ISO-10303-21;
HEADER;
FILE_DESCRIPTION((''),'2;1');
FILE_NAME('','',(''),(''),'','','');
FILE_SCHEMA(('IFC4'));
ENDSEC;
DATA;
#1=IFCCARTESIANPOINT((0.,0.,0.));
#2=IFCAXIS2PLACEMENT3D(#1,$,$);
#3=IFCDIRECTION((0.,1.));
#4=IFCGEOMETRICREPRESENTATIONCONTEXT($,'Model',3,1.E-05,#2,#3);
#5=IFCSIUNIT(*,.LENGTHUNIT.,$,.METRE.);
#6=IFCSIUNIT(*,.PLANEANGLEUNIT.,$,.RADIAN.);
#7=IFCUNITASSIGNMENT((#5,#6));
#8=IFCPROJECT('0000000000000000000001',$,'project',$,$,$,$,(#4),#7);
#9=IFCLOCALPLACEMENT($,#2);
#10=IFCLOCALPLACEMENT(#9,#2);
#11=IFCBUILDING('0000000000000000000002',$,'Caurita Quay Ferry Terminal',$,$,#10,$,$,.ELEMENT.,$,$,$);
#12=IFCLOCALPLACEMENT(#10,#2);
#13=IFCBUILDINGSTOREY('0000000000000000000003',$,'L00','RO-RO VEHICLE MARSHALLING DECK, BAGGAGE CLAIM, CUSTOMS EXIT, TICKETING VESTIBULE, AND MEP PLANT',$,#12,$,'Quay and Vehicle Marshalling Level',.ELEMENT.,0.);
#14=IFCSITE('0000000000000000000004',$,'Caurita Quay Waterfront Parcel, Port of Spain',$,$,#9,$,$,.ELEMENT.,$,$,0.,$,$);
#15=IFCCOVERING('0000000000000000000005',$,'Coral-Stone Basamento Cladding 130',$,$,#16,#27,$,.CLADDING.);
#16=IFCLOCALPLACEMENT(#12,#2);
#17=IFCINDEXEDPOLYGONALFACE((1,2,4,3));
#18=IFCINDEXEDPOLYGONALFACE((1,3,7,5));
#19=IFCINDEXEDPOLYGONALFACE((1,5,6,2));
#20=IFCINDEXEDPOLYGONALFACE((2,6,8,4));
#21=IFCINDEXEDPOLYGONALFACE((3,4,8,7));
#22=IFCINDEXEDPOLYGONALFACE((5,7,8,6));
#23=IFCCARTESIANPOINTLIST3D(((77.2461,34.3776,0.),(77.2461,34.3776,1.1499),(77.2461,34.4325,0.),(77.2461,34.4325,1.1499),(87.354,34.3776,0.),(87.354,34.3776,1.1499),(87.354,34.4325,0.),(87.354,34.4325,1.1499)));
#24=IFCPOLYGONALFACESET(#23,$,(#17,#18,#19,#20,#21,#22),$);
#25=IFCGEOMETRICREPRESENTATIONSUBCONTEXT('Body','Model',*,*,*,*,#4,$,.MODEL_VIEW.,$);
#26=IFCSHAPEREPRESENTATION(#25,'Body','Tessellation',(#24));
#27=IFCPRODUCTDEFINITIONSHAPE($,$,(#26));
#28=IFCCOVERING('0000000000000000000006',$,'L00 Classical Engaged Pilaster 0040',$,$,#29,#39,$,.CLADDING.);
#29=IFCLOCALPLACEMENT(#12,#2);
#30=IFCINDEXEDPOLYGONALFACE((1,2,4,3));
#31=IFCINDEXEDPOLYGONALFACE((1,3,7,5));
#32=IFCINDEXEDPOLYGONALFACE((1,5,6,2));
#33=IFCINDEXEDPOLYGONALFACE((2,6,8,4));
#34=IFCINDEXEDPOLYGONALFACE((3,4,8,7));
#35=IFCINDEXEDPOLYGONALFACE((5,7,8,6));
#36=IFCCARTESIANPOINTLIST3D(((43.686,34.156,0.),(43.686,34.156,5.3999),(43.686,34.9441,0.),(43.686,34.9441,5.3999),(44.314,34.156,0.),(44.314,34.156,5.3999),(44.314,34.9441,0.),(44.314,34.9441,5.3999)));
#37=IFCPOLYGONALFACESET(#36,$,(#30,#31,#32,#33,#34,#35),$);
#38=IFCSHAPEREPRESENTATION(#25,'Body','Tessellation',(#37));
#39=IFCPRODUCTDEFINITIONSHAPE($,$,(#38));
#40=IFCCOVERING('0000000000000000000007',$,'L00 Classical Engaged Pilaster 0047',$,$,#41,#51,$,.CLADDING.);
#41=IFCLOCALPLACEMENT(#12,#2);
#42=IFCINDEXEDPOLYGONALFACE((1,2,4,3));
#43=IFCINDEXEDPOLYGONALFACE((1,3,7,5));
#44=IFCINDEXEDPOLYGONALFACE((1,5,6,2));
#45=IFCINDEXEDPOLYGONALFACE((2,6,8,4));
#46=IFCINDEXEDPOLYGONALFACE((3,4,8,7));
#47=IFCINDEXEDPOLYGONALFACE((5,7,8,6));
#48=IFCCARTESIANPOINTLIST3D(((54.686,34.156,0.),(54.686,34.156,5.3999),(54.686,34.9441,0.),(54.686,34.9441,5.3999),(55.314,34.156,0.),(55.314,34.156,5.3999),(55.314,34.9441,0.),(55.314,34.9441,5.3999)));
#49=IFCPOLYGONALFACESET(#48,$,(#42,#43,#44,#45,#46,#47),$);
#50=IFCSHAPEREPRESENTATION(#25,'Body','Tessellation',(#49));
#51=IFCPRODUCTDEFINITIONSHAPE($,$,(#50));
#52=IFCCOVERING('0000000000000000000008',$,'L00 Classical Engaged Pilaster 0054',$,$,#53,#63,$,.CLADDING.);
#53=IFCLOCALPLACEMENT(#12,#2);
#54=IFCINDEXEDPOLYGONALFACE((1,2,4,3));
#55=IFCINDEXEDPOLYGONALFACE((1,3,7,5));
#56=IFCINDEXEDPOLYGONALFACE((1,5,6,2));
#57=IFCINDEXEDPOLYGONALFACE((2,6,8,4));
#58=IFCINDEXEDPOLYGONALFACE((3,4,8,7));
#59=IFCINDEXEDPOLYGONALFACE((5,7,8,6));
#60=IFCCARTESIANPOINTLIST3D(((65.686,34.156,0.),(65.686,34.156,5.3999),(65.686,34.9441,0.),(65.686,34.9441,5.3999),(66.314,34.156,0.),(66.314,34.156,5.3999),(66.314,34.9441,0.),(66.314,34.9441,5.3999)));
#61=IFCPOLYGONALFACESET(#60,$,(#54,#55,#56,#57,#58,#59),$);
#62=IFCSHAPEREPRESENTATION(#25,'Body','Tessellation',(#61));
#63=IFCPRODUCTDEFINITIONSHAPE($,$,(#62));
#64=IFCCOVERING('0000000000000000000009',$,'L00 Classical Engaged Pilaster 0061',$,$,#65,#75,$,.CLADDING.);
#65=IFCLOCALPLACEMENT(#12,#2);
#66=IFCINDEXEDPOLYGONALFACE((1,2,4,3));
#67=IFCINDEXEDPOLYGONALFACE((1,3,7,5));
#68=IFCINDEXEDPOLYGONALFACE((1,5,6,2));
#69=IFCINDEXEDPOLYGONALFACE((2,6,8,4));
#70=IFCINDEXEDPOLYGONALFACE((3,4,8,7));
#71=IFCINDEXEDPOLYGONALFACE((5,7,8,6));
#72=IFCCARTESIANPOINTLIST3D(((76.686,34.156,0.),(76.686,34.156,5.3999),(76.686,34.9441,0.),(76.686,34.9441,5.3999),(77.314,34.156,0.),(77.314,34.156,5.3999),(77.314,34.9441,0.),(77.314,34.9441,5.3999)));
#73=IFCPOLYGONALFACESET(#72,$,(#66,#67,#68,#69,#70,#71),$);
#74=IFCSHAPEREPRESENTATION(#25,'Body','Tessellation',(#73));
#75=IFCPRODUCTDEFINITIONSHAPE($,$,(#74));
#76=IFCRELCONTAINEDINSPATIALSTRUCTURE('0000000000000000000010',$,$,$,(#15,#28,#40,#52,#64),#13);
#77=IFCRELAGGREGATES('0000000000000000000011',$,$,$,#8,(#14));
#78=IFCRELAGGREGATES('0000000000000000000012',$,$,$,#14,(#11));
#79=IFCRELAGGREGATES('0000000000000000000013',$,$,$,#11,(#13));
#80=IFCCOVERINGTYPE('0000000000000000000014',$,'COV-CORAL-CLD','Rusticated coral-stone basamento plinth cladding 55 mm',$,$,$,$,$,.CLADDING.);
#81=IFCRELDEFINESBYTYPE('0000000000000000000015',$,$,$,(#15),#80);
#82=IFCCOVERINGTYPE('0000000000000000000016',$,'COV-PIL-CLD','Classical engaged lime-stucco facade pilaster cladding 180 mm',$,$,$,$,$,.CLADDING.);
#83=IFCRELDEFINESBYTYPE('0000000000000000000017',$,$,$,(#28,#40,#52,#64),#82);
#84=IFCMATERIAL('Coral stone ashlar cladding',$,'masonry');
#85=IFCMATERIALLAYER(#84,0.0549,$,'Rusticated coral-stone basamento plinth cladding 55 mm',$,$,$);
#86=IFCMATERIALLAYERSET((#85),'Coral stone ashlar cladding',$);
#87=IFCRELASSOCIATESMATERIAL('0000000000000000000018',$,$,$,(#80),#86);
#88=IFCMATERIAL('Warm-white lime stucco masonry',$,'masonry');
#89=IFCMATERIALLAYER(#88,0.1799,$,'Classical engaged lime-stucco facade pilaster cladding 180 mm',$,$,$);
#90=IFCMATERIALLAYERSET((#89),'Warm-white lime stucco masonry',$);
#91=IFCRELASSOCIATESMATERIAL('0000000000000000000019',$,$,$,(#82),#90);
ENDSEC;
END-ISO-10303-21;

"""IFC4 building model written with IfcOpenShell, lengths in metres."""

from ifc_helpers import new_model, si_unit, direction, frame, frame_2d, origin, origin_2d, place, context, subcontext, project, spatial, rectangle, extrude, material, layer, layer_set, type_object, element, save


model = new_model("IFC4")

# Units and contexts
model_context = context("Model", 3, precision=1e-05, world=origin(), true_north=direction((0.0, 1.0)))
body_context = subcontext(model_context, "Body", "Model", "MODEL_VIEW")
ifc_project = project(units=[si_unit("LENGTHUNIT", "METRE"), si_unit("PLANEANGLEUNIT", "RADIAN")], contexts=[model_context])

# Site, building, storey
site_placement = place(None, origin())
site = spatial("IfcSite", under=ifc_project, at=site_placement, Name="Caurita Quay Waterfront Parcel, Port of Spain", CompositionType="ELEMENT", RefElevation=0.0)
building_placement = place(site_placement, origin())
building = spatial("IfcBuilding", under=site, at=building_placement, Name="Caurita Quay Ferry Terminal", CompositionType="ELEMENT")
storey_placement = place(building_placement, origin())
storey = spatial("IfcBuildingStorey", under=building, at=storey_placement, Name="L00", Description="RO-RO VEHICLE MARSHALLING DECK, BAGGAGE CLAIM, CUSTOMS EXIT, TICKETING VESTIBULE, AND MEP PLANT", LongName="Quay and Vehicle Marshalling Level", CompositionType="ELEMENT", Elevation=0.0)

# Coverings
ifc_material_1 = material(Name="Warm-white lime stucco masonry", Category="masonry")
ifc_material_2 = material(Name="Coral stone ashlar cladding", Category="masonry")
ifc_layer_1 = layer(ifc_material_2, 0.0549, Name="Rusticated coral-stone basamento plinth cladding 55 mm")
ifc_layer_set_1 = layer_set([ifc_layer_1], Name="Coral stone ashlar cladding")
covering_type_1 = type_object("IfcCoveringType", Name="COV-CORAL-CLD", Description="Rusticated coral-stone basamento plinth cladding 55 mm", PredefinedType="CLADDING", material=ifc_layer_set_1)
covering_1_placement = place(storey_placement, frame((77.2461, 34.405, 0.0), z_axis=(0.0, 0.0, 1.0), x_axis=(1.0, 0.0, 0.0)))
element("IfcCovering", 1, at=covering_1_placement, inside=storey, type_object=covering_type_1, Name="Coral-Stone Basamento Cladding 130", PredefinedType="CLADDING", context=body_context, shape_type="SweptSolid", body=[
    extrude(rectangle(XDim=10.1079, YDim=0.0549, at=frame_2d((5.054, 0.0))), origin(), (0.0, 0.0, 1.0), 1.1499),
])
ifc_layer_2 = layer(ifc_material_1, 0.1799, Name="Classical engaged lime-stucco facade pilaster cladding 180 mm")
ifc_layer_set_2 = layer_set([ifc_layer_2], Name="Warm-white lime stucco masonry")
covering_type_2 = type_object("IfcCoveringType", Name="COV-PIL-CLD", Description="Classical engaged lime-stucco facade pilaster cladding 180 mm", PredefinedType="CLADDING", material=ifc_layer_set_2)
for number, where, z_axis, x_axis, name in (
    (2, (44.0, 34.55, 0.0), (0.0, 0.0, 1.0), (1.0, 0.0, 0.0), "L00 Classical Engaged Pilaster 0040"),
    (3, (55.0, 34.55, 0.0), (0.0, 0.0, 1.0), (1.0, 0.0, 0.0), "L00 Classical Engaged Pilaster 0047"),
    (4, (66.0, 34.55, 0.0), (0.0, 0.0, 1.0), (1.0, 0.0, 0.0), "L00 Classical Engaged Pilaster 0054"),
    (5, (77.0, 34.55, 0.0), (0.0, 0.0, 1.0), (1.0, 0.0, 0.0), "L00 Classical Engaged Pilaster 0061"),
):
    element("IfcCovering", number, at=place(storey_placement, frame(where, z_axis=z_axis, x_axis=x_axis)), inside=storey, type_object=covering_type_2, Name=name, PredefinedType="CLADDING", context=body_context, shape_type="SweptSolid", body=[
        extrude(rectangle(XDim=0.6279, YDim=0.7881, at=origin_2d()), origin(), (0.0, 0.0, 1.0), 5.3999),
    ])

save(model, "model.ifc")
